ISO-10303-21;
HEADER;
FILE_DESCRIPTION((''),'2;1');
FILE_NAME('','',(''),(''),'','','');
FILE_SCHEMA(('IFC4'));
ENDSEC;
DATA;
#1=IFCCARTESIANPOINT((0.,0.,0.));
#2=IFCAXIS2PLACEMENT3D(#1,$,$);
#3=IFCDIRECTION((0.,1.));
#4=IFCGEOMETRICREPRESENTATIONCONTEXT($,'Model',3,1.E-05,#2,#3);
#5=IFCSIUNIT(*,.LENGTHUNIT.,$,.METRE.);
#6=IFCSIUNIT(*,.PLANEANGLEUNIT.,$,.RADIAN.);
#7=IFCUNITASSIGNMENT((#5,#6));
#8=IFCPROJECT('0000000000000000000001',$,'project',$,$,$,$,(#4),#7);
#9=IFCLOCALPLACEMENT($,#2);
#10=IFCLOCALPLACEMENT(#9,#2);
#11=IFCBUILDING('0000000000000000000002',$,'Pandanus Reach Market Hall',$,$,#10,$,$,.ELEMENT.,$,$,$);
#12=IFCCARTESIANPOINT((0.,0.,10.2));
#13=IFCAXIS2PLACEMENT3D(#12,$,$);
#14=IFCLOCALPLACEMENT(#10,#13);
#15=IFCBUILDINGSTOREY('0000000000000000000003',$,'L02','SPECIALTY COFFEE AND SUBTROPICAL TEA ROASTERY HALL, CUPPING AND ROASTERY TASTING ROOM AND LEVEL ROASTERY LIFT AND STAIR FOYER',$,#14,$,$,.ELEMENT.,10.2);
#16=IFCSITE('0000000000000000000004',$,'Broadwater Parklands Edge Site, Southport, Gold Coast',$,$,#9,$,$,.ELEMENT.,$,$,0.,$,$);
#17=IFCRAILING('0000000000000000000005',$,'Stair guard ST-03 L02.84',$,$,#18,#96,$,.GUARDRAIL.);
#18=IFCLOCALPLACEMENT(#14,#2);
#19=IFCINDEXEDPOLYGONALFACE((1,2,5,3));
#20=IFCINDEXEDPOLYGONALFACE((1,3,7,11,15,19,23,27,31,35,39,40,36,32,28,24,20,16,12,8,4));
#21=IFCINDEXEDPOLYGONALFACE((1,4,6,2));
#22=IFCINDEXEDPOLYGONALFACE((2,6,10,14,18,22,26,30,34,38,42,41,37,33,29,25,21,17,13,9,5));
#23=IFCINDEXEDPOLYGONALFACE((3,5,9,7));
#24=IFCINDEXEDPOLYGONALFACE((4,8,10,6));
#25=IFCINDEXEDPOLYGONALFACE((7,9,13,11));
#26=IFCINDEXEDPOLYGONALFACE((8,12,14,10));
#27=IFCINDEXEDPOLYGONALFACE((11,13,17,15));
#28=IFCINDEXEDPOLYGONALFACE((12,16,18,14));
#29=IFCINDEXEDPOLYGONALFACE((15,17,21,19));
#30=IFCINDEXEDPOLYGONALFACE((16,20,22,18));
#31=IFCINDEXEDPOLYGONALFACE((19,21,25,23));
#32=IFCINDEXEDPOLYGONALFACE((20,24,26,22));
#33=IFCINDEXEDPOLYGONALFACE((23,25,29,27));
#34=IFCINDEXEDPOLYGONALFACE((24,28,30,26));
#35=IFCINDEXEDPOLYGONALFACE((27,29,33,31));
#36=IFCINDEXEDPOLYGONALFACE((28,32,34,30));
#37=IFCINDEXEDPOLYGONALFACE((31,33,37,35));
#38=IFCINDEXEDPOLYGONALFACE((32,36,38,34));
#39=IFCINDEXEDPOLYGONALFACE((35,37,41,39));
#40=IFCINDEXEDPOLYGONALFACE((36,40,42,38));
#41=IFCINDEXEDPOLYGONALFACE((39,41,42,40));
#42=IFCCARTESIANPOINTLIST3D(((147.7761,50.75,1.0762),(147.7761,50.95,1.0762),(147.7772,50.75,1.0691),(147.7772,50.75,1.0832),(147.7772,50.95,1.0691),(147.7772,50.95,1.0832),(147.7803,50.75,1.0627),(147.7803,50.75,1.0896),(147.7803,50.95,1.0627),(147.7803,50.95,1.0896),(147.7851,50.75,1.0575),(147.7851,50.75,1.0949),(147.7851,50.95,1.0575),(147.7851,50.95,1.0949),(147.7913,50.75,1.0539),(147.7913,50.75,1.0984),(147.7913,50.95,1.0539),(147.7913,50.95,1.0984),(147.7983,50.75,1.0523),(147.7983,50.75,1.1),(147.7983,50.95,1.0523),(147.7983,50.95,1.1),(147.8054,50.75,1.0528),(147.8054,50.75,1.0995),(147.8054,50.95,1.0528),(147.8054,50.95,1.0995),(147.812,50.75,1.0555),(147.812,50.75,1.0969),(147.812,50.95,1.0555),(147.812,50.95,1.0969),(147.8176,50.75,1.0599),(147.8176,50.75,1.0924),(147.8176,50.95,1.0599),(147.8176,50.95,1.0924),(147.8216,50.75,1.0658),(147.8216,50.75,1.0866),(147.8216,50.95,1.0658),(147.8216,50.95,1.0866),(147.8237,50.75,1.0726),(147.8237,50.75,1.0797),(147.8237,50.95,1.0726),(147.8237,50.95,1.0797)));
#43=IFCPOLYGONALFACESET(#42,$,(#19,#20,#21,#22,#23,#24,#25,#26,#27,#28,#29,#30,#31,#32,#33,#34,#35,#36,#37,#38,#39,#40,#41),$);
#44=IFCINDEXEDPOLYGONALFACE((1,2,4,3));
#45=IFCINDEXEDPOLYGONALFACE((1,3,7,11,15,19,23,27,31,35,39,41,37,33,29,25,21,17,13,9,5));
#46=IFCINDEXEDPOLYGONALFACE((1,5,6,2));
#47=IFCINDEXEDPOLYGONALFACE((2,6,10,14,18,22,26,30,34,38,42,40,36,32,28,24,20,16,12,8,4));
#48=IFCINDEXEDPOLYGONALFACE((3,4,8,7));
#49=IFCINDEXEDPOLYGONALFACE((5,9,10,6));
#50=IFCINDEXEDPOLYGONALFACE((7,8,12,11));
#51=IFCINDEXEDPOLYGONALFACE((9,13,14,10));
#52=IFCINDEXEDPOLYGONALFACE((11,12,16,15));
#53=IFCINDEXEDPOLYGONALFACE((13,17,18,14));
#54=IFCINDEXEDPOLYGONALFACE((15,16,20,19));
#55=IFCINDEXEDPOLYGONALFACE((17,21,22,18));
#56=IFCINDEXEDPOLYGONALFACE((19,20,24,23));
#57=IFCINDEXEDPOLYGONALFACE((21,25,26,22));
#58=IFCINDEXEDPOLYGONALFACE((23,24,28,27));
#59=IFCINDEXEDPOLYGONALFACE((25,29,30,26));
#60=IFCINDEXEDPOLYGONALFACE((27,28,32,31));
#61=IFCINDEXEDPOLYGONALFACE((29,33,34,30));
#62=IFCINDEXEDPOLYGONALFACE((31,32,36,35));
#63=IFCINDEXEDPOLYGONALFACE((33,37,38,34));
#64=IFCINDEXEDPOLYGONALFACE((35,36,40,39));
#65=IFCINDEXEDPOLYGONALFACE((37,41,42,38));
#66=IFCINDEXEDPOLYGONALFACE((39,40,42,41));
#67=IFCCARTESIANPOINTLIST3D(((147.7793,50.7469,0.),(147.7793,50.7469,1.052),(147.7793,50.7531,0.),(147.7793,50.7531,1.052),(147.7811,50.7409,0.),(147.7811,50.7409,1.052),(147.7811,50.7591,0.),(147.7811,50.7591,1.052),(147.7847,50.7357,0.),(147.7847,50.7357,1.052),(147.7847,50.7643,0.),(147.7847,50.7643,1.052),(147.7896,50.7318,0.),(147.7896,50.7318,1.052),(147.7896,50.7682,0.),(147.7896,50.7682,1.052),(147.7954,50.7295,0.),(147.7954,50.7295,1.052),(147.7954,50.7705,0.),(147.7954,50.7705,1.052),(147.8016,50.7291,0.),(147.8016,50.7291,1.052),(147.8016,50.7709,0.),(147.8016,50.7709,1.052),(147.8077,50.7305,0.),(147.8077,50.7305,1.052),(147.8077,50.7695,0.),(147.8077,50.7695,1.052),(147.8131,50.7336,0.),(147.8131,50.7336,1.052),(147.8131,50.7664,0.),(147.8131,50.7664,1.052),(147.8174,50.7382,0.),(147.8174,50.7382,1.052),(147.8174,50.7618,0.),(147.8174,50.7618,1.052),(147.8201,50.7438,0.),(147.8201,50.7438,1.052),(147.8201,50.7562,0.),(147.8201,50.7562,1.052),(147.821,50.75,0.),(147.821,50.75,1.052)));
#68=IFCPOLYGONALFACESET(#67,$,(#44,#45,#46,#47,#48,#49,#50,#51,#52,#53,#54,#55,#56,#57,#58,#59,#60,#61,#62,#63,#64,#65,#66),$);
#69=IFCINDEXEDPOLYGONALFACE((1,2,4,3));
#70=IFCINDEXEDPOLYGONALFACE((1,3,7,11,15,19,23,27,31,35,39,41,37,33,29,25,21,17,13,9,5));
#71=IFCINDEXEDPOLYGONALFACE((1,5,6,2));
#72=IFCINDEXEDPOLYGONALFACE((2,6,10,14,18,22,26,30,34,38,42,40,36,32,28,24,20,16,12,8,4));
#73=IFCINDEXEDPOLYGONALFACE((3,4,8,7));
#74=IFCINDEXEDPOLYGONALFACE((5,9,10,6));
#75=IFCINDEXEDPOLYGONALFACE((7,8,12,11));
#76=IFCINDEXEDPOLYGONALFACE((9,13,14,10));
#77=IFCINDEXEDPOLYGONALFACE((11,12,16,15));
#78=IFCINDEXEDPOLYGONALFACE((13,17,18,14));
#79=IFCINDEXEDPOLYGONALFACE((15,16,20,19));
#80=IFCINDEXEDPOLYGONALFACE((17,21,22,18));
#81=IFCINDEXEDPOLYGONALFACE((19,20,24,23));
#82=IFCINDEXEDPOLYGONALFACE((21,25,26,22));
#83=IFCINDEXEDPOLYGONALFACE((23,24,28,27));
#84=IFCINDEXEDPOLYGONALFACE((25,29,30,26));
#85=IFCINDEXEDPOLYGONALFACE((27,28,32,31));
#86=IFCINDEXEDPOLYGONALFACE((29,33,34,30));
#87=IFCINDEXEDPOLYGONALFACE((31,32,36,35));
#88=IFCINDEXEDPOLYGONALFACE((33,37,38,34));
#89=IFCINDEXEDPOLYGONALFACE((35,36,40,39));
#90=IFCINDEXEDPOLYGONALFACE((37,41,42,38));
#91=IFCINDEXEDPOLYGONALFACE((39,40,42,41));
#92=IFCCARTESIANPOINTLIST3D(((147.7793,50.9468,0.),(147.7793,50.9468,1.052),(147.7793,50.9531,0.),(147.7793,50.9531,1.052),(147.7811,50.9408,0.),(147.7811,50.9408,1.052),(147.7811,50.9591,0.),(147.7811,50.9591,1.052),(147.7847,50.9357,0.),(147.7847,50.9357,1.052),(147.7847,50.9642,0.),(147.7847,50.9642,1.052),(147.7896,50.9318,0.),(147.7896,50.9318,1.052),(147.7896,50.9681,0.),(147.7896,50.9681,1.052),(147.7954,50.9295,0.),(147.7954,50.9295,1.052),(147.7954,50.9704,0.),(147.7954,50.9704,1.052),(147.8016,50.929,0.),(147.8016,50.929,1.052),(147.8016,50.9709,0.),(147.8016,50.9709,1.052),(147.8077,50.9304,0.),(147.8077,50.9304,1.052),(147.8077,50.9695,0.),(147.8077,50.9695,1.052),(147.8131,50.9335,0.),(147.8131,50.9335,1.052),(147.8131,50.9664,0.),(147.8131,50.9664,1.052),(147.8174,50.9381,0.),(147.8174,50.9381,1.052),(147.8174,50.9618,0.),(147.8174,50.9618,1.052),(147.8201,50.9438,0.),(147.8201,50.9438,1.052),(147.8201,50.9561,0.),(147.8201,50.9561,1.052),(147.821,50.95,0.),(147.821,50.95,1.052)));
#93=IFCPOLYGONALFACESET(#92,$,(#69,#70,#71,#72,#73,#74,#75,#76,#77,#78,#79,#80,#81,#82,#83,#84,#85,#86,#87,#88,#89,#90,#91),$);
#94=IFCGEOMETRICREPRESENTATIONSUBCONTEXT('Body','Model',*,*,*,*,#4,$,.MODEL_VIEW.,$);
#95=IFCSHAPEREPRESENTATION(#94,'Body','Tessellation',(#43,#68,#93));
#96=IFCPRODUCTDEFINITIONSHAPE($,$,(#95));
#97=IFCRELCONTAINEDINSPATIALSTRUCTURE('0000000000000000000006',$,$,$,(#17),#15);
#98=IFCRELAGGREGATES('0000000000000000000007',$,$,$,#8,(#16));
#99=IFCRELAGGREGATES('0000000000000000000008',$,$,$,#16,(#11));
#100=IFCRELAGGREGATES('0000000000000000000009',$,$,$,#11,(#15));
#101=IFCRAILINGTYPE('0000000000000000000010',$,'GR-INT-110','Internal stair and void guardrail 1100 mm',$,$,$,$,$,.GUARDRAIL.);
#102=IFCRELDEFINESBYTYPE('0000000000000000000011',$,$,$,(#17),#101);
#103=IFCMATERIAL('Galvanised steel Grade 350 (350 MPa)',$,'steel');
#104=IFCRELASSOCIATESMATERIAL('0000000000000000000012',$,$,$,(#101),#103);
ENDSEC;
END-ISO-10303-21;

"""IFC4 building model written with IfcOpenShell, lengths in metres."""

from ifc_helpers import new_model, si_unit, direction, frame, origin, origin_2d, place, context, subcontext, project, spatial, circle, extrude, material, type_object, element, save


model = new_model("IFC4")

# Units and contexts
model_context = context("Model", 3, precision=1e-05, world=origin(), true_north=direction((0.0, 1.0)))
body_context = subcontext(model_context, "Body", "Model", "MODEL_VIEW")
ifc_project = project(units=[si_unit("LENGTHUNIT", "METRE"), si_unit("PLANEANGLEUNIT", "RADIAN")], contexts=[model_context])

# Site, building, storey
site_placement = place(None, origin())
site = spatial("IfcSite", under=ifc_project, at=site_placement, Name="Broadwater Parklands Edge Site, Southport, Gold Coast", CompositionType="ELEMENT", RefElevation=0.0)
building_placement = place(site_placement, origin())
building = spatial("IfcBuilding", under=site, at=building_placement, Name="Pandanus Reach Market Hall", CompositionType="ELEMENT")
storey_placement = place(building_placement, frame((0.0, 0.0, 10.2)))
storey = spatial("IfcBuildingStorey", under=building, at=storey_placement, Name="L02", Description="SPECIALTY COFFEE AND SUBTROPICAL TEA ROASTERY HALL, CUPPING AND ROASTERY TASTING ROOM AND LEVEL ROASTERY LIFT AND STAIR FOYER", CompositionType="ELEMENT", Elevation=10.2)

# Railing
ifc_material_1 = material(Name="Galvanised steel Grade 350 (350 MPa)", Category="steel")
railing_type_1 = type_object("IfcRailingType", Name="GR-INT-110", Description="Internal stair and void guardrail 1100 mm", PredefinedType="GUARDRAIL", material=ifc_material_1)
railing_1_placement = place(storey_placement, frame((147.8, 50.75, 0.0)))
element("IfcRailing", 1, at=railing_1_placement, inside=storey, type_object=railing_type_1, Name="Stair guard ST-03 L02.84", PredefinedType="GUARDRAIL", context=body_context, shape_type="SweptSolid", body=[
    extrude(circle(Radius=0.0239, at=origin_2d()), frame((0.0, 0.0, 1.0762), z_axis=(0.0, 1.0, 0.0), x_axis=(-1.0, 0.0, 0.0)), (0.0, 0.0, 1.0), 0.2),
    extrude(circle(Radius=0.021, at=origin_2d()), origin(), (0.0, 0.0, 1.0), 1.052),
    extrude(circle(Radius=0.021, at=origin_2d()), frame((0.0, 0.2, 0.0)), (0.0, 0.0, 1.0), 1.052),
])

save(model, "model.ifc")
